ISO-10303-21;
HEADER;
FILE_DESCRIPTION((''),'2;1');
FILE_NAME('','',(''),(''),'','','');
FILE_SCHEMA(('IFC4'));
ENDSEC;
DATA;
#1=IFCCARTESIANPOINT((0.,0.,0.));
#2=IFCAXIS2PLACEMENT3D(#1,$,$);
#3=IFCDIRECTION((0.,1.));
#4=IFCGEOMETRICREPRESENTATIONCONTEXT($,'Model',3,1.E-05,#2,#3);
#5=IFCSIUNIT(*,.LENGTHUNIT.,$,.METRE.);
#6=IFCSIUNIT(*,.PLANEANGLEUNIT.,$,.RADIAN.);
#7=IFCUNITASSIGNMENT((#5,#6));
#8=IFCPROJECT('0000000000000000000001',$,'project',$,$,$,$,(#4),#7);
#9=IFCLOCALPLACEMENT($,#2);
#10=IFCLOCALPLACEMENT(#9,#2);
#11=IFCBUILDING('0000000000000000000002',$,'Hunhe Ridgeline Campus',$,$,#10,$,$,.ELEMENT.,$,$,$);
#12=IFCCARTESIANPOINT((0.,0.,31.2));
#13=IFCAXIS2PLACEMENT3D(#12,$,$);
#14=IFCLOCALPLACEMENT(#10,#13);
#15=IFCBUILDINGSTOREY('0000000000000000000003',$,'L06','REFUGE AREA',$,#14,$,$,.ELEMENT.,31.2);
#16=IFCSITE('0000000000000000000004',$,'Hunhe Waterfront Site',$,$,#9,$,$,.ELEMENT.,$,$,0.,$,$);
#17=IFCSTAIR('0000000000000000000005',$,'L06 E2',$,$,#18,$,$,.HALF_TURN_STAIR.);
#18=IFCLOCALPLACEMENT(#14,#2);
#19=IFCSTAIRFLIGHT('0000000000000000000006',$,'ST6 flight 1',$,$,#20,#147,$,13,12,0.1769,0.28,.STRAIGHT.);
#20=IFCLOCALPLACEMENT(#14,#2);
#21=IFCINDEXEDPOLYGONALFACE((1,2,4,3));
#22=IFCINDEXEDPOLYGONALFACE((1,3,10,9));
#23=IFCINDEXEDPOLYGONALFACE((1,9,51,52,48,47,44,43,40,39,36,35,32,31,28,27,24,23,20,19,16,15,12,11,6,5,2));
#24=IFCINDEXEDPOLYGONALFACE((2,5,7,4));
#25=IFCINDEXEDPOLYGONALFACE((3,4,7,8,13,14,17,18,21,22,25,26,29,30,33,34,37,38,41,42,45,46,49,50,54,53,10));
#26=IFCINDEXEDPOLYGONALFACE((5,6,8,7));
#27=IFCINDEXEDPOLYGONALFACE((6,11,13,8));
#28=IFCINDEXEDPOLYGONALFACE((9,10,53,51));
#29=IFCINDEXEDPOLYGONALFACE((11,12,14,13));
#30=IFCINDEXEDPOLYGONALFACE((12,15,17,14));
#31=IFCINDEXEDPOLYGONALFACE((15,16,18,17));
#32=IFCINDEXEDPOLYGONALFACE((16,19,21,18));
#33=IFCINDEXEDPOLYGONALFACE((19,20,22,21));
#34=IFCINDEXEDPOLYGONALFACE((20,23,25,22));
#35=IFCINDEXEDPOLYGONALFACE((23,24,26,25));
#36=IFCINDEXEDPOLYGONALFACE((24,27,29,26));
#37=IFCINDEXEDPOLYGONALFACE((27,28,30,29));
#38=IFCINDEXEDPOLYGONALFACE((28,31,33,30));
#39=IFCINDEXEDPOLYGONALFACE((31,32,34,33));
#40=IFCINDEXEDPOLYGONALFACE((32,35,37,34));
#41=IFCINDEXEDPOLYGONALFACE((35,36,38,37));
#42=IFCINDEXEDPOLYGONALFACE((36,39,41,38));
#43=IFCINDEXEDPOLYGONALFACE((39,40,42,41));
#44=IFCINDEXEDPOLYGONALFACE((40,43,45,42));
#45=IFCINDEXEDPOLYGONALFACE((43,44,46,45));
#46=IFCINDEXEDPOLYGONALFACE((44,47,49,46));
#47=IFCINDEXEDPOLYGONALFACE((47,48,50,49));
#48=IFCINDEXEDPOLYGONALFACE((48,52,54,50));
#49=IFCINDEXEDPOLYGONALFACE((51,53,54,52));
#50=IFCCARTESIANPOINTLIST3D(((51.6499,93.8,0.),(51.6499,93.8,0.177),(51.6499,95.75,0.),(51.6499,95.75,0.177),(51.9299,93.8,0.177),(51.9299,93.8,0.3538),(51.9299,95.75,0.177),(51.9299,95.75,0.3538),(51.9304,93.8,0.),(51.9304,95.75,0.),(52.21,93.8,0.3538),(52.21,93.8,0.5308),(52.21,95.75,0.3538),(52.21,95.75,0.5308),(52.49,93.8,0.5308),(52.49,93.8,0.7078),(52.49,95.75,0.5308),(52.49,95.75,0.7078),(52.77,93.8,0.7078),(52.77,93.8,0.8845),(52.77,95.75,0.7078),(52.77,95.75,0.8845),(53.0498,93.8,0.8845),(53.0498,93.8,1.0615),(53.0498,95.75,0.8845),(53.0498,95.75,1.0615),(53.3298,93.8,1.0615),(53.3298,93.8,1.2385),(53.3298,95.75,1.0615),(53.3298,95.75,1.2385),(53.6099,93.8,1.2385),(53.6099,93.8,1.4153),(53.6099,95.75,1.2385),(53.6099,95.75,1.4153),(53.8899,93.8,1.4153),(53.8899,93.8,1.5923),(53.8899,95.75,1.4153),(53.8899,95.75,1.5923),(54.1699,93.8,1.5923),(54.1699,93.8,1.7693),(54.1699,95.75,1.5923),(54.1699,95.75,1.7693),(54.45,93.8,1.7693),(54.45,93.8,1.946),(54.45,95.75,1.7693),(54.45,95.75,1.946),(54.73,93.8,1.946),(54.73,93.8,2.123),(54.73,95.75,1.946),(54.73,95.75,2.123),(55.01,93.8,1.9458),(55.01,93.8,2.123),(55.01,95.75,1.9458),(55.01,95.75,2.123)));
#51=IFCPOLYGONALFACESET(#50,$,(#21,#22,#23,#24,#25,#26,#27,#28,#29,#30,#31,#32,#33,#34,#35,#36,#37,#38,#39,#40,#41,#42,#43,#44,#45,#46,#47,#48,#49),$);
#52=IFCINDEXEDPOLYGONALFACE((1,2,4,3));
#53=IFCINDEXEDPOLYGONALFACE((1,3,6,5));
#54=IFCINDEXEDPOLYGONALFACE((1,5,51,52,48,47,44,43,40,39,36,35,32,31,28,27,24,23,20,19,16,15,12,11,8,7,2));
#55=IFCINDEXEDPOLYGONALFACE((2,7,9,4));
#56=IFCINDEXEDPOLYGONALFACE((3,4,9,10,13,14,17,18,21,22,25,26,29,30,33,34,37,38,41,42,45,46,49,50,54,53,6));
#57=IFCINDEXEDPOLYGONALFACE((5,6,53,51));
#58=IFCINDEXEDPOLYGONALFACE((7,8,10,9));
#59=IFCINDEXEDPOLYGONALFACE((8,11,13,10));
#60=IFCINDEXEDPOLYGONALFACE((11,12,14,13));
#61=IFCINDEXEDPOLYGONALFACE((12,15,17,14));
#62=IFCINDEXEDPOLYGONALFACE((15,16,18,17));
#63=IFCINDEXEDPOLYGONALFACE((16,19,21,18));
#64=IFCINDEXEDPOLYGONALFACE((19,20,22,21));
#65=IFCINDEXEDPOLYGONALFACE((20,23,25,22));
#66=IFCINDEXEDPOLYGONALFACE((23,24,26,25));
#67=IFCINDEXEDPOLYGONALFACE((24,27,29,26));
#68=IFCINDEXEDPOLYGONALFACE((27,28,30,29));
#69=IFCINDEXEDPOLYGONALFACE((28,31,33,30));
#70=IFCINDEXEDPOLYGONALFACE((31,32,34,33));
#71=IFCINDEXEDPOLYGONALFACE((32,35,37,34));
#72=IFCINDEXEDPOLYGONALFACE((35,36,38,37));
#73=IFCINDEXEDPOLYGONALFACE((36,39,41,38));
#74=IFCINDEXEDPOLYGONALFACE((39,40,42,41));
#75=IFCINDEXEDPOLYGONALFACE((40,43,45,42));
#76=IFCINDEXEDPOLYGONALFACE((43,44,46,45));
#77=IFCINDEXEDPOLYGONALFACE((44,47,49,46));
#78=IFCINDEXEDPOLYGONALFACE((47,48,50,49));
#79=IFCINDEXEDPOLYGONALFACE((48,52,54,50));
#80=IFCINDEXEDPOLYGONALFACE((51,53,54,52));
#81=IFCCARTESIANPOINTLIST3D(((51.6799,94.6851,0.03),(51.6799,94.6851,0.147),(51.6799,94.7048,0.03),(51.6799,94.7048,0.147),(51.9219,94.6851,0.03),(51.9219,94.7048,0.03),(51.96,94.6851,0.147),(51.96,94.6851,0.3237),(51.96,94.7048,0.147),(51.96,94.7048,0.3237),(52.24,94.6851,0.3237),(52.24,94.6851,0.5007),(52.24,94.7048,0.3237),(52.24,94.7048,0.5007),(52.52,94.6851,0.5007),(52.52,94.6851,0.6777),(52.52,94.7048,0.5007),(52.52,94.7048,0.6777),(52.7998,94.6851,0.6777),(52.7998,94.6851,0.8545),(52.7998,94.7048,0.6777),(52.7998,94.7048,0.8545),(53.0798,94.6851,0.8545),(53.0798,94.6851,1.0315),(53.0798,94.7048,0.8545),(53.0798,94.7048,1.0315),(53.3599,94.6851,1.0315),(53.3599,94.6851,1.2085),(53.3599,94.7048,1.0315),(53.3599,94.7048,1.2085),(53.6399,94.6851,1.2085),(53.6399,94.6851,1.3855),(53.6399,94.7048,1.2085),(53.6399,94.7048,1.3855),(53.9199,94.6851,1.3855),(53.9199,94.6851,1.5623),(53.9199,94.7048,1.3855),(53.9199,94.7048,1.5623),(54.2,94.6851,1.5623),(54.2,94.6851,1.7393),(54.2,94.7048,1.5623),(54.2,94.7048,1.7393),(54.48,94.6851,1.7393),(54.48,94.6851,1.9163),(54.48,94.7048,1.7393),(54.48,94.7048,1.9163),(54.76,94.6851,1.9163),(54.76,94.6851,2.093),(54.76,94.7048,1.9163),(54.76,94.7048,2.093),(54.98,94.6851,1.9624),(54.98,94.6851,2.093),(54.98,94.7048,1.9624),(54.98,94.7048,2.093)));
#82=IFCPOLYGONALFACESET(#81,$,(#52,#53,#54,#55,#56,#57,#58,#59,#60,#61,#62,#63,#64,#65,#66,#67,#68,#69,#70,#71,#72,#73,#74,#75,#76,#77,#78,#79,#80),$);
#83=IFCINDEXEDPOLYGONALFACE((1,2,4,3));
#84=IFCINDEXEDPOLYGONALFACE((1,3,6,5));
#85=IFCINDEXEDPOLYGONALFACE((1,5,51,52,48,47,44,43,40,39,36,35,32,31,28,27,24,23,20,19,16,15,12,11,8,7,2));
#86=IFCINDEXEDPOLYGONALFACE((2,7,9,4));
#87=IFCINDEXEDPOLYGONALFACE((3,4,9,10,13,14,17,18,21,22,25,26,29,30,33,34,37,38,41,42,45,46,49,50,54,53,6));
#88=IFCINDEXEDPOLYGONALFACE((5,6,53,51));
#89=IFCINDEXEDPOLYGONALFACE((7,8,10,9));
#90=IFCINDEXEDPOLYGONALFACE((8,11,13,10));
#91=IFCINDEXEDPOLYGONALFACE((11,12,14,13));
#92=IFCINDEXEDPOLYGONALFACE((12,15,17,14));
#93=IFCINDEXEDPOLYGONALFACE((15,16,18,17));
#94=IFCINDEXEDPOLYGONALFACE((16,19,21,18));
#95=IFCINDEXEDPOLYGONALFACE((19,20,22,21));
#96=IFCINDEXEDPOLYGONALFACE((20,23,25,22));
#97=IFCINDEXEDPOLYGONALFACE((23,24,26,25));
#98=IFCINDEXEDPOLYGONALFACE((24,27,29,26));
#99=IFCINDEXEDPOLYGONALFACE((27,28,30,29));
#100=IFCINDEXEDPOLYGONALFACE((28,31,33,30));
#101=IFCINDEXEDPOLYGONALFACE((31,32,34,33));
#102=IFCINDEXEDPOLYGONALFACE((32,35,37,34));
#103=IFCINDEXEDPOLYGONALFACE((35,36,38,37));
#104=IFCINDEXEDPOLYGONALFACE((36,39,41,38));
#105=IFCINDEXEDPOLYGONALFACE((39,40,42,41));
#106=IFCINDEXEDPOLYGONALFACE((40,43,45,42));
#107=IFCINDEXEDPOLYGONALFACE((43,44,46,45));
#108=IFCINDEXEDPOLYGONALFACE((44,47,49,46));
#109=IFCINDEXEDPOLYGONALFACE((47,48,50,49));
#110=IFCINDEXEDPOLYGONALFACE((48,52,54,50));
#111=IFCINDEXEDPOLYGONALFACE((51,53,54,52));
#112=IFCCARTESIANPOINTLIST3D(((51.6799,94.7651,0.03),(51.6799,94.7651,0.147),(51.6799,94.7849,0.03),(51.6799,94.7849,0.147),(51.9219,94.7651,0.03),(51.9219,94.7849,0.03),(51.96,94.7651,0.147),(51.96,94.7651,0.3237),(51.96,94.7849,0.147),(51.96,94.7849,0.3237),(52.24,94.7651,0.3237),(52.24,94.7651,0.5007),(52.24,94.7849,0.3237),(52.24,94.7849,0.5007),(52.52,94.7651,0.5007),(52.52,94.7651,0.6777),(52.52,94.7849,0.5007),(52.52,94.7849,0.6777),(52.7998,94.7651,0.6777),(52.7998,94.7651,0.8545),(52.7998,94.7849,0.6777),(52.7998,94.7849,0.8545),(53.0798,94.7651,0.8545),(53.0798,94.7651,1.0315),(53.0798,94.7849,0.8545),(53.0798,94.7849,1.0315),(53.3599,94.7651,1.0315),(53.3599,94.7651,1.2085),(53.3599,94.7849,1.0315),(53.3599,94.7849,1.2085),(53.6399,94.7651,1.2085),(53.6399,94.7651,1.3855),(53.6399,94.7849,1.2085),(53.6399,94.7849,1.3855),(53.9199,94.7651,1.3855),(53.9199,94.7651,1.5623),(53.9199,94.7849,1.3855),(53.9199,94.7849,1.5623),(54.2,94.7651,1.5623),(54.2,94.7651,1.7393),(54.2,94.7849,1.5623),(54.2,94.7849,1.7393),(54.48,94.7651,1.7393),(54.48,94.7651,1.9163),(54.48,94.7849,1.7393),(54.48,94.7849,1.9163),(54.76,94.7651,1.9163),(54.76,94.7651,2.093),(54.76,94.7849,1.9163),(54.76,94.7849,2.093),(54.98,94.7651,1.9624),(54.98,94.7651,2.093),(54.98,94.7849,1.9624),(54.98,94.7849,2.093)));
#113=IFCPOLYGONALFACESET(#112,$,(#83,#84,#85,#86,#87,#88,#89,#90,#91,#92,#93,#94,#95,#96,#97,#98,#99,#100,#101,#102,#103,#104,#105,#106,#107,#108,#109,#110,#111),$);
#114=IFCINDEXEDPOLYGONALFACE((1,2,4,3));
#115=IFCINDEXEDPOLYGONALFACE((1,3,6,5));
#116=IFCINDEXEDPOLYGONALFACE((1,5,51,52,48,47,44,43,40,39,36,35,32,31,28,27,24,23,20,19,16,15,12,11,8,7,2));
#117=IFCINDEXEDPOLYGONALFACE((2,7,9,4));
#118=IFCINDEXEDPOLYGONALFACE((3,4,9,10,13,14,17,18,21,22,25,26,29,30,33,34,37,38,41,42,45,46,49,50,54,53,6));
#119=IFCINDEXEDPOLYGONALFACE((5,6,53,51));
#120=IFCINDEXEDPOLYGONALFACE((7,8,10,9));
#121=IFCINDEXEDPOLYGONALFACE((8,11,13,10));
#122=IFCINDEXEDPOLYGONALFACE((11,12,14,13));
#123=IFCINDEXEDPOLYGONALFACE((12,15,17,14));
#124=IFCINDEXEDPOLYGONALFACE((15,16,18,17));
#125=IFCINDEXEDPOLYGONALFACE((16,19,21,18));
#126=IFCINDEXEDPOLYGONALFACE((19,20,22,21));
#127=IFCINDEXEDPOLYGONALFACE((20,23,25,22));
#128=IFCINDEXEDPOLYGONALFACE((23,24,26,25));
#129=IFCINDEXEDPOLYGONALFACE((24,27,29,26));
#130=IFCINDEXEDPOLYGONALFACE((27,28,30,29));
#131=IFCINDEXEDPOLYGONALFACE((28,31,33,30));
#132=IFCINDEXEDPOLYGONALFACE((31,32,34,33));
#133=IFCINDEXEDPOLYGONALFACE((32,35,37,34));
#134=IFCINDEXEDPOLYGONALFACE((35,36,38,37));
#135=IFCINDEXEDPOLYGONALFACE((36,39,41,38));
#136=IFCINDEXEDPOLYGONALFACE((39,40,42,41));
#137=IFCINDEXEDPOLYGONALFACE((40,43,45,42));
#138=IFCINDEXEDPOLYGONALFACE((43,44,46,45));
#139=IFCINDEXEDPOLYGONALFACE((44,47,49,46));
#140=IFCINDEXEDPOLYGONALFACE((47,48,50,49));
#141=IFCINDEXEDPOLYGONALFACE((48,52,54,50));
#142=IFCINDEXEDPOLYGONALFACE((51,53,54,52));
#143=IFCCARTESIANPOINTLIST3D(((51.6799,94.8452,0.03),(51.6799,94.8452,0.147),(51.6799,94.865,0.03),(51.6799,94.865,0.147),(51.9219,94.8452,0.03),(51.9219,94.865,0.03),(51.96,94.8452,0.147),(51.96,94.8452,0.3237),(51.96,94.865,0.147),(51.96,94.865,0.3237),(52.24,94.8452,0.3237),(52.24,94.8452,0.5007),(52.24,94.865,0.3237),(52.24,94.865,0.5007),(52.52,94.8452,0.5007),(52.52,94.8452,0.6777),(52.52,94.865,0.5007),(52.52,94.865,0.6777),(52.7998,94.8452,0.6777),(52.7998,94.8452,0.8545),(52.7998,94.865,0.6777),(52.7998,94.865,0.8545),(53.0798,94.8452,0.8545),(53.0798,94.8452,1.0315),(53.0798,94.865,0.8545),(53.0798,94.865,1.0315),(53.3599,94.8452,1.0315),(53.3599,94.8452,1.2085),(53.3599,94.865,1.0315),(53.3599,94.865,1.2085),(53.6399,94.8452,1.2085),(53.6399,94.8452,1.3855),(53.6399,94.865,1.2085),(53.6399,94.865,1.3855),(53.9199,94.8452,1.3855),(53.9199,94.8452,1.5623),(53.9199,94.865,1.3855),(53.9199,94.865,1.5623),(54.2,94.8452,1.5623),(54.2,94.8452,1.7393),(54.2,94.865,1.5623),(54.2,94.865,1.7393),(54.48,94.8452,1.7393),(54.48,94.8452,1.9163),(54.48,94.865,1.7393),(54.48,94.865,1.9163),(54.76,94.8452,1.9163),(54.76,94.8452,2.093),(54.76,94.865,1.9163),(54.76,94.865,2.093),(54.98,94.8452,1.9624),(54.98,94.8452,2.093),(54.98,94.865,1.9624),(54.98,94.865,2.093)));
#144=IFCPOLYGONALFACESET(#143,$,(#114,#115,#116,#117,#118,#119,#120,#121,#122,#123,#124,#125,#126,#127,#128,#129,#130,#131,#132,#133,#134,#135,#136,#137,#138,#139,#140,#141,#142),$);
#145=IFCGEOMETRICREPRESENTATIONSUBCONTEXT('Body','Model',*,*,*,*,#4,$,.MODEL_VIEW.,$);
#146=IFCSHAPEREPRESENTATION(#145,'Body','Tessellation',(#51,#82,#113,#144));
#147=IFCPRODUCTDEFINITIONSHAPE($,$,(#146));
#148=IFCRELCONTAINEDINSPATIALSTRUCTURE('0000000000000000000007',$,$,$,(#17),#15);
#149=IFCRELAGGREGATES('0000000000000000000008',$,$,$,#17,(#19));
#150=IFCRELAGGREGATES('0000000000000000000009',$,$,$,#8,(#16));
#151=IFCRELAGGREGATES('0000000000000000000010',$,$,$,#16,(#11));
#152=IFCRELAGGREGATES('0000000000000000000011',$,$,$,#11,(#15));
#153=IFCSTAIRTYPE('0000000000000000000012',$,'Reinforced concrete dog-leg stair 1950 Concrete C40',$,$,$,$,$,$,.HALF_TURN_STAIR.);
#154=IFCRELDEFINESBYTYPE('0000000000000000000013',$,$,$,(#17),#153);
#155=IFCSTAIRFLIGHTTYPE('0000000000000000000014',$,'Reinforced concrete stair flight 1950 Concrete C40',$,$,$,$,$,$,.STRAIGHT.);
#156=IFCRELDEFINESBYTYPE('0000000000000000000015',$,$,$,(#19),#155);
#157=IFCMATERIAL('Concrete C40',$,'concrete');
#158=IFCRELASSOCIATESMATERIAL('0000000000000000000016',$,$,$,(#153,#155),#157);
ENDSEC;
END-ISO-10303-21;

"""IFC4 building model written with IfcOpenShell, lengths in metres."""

from ifc_helpers import new_model, si_unit, direction, frame, origin, place, context, subcontext, project, spatial, polyline, outline, extrude, material, type_object, element, aggregate, save


model = new_model("IFC4")

# Units and contexts
model_context = context("Model", 3, precision=1e-05, world=origin(), true_north=direction((0.0, 1.0)))
body_context = subcontext(model_context, "Body", "Model", "MODEL_VIEW")
ifc_project = project(units=[si_unit("LENGTHUNIT", "METRE"), si_unit("PLANEANGLEUNIT", "RADIAN")], contexts=[model_context])

# Site, building, storey
site_placement = place(None, origin())
site = spatial("IfcSite", under=ifc_project, at=site_placement, Name="Hunhe Waterfront Site", CompositionType="ELEMENT", RefElevation=0.0)
building_placement = place(site_placement, origin())
building = spatial("IfcBuilding", under=site, at=building_placement, Name="Hunhe Ridgeline Campus", CompositionType="ELEMENT")
storey_placement = place(building_placement, frame((0.0, 0.0, 31.2)))
storey = spatial("IfcBuildingStorey", under=building, at=storey_placement, Name="L06", Description="REFUGE AREA", CompositionType="ELEMENT", Elevation=31.2)

# Shared definitions
ifc_material_1 = material(Name="Concrete C40", Category="concrete")
stair_type = type_object("IfcStairType", Name="Reinforced concrete dog-leg stair 1950 Concrete C40", PredefinedType="HALF_TURN_STAIR", material=ifc_material_1)
stair_flight_type = type_object("IfcStairFlightType", Name="Reinforced concrete stair flight 1950 Concrete C40", PredefinedType="STRAIGHT", material=ifc_material_1)

# Stair, stair flight
stair_1_placement = place(storey_placement, origin())
stair_1 = element("IfcStair", 1, at=stair_1_placement, inside=storey, type_object=stair_type, Name="L06 E2", PredefinedType="HALF_TURN_STAIR")
stair_flight_1_placement = place(storey_placement, frame((51.6499, 94.7749, 0.0), z_axis=(0.0, 0.0, 1.0), x_axis=(1.0, 0.0, 0.0)))
stair_flight_1 = element("IfcStairFlight", 2, at=stair_flight_1_placement, type_object=stair_flight_type, Name="ST6 flight 1", NumberOfRisers=13, NumberOfTreads=12, PredefinedType="STRAIGHT", RiserHeight=0.1769, TreadLength=0.28, context=body_context, shape_type="SweptSolid", body=[
    extrude(outline(polyline([(0.0, 0.0), (0.0, 0.177), (0.28, 0.177), (0.28, 0.3538), (0.5601, 0.3538), (0.5601, 0.5308), (0.8401, 0.5308), (0.8401, 0.7078), (1.1201, 0.7078), (1.1201, 0.8845), (1.3999, 0.8845), (1.3999, 1.0615), (1.6799, 1.0615), (1.6799, 1.2385), (1.96, 1.2385), (1.96, 1.4153), (2.24, 1.4153), (2.24, 1.5923), (2.52, 1.5923), (2.52, 1.7693), (2.8, 1.7693), (2.8, 1.946), (3.0801, 1.946), (3.0801, 2.123), (3.3601, 2.123), (3.3601, 2.3), (3.3601, 1.9458), (0.2805, 0.0), (0.0, 0.0)])), frame((0.0, 0.9751, 0.0), z_axis=(0.0, -1.0, 0.0), x_axis=(1.0, 0.0, 0.0)), (0.0, 0.0, 1.0), 1.95),
    extrude(outline(polyline([(0.03, 0.03), (0.03, 0.147), (0.3101, 0.147), (0.3101, 0.3237), (0.5901, 0.3237), (0.5901, 0.5007), (0.8701, 0.5007), (0.8701, 0.6777), (1.1499, 0.6777), (1.1499, 0.8545), (1.4299, 0.8545), (1.4299, 1.0315), (1.71, 1.0315), (1.71, 1.2085), (1.99, 1.2085), (1.99, 1.3855), (2.27, 1.3855), (2.27, 1.5623), (2.55, 1.5623), (2.55, 1.7393), (2.8301, 1.7393), (2.8301, 1.9163), (3.1101, 1.9163), (3.1101, 2.093), (3.3301, 2.093), (3.3301, 1.9624), (0.272, 0.03), (0.03, 0.03)])), frame((0.0, -0.0701, 0.0), z_axis=(0.0, -1.0, 0.0), x_axis=(1.0, 0.0, 0.0)), (0.0, 0.0, 1.0), 0.0198),
    extrude(outline(polyline([(0.03, 0.03), (0.03, 0.147), (0.3101, 0.147), (0.3101, 0.3237), (0.5901, 0.3237), (0.5901, 0.5007), (0.8701, 0.5007), (0.8701, 0.6777), (1.1499, 0.6777), (1.1499, 0.8545), (1.4299, 0.8545), (1.4299, 1.0315), (1.71, 1.0315), (1.71, 1.2085), (1.99, 1.2085), (1.99, 1.3855), (2.27, 1.3855), (2.27, 1.5623), (2.55, 1.5623), (2.55, 1.7393), (2.8301, 1.7393), (2.8301, 1.9163), (3.1101, 1.9163), (3.1101, 2.093), (3.3301, 2.093), (3.3301, 1.9624), (0.272, 0.03), (0.03, 0.03)])), frame((0.0, 0.01, 0.0), z_axis=(0.0, -1.0, 0.0), x_axis=(1.0, 0.0, 0.0)), (0.0, 0.0, 1.0), 0.0198),
    extrude(outline(polyline([(0.03, 0.03), (0.03, 0.147), (0.3101, 0.147), (0.3101, 0.3237), (0.5901, 0.3237), (0.5901, 0.5007), (0.8701, 0.5007), (0.8701, 0.6777), (1.1499, 0.6777), (1.1499, 0.8545), (1.4299, 0.8545), (1.4299, 1.0315), (1.71, 1.0315), (1.71, 1.2085), (1.99, 1.2085), (1.99, 1.3855), (2.27, 1.3855), (2.27, 1.5623), (2.55, 1.5623), (2.55, 1.7393), (2.8301, 1.7393), (2.8301, 1.9163), (3.1101, 1.9163), (3.1101, 2.093), (3.3301, 2.093), (3.3301, 1.9624), (0.272, 0.03), (0.03, 0.03)])), frame((0.0, 0.0901, 0.0), z_axis=(0.0, -1.0, 0.0), x_axis=(1.0, 0.0, 0.0)), (0.0, 0.0, 1.0), 0.0198),
])
aggregate(stair_1, [stair_flight_1])

save(model, "model.ifc")
